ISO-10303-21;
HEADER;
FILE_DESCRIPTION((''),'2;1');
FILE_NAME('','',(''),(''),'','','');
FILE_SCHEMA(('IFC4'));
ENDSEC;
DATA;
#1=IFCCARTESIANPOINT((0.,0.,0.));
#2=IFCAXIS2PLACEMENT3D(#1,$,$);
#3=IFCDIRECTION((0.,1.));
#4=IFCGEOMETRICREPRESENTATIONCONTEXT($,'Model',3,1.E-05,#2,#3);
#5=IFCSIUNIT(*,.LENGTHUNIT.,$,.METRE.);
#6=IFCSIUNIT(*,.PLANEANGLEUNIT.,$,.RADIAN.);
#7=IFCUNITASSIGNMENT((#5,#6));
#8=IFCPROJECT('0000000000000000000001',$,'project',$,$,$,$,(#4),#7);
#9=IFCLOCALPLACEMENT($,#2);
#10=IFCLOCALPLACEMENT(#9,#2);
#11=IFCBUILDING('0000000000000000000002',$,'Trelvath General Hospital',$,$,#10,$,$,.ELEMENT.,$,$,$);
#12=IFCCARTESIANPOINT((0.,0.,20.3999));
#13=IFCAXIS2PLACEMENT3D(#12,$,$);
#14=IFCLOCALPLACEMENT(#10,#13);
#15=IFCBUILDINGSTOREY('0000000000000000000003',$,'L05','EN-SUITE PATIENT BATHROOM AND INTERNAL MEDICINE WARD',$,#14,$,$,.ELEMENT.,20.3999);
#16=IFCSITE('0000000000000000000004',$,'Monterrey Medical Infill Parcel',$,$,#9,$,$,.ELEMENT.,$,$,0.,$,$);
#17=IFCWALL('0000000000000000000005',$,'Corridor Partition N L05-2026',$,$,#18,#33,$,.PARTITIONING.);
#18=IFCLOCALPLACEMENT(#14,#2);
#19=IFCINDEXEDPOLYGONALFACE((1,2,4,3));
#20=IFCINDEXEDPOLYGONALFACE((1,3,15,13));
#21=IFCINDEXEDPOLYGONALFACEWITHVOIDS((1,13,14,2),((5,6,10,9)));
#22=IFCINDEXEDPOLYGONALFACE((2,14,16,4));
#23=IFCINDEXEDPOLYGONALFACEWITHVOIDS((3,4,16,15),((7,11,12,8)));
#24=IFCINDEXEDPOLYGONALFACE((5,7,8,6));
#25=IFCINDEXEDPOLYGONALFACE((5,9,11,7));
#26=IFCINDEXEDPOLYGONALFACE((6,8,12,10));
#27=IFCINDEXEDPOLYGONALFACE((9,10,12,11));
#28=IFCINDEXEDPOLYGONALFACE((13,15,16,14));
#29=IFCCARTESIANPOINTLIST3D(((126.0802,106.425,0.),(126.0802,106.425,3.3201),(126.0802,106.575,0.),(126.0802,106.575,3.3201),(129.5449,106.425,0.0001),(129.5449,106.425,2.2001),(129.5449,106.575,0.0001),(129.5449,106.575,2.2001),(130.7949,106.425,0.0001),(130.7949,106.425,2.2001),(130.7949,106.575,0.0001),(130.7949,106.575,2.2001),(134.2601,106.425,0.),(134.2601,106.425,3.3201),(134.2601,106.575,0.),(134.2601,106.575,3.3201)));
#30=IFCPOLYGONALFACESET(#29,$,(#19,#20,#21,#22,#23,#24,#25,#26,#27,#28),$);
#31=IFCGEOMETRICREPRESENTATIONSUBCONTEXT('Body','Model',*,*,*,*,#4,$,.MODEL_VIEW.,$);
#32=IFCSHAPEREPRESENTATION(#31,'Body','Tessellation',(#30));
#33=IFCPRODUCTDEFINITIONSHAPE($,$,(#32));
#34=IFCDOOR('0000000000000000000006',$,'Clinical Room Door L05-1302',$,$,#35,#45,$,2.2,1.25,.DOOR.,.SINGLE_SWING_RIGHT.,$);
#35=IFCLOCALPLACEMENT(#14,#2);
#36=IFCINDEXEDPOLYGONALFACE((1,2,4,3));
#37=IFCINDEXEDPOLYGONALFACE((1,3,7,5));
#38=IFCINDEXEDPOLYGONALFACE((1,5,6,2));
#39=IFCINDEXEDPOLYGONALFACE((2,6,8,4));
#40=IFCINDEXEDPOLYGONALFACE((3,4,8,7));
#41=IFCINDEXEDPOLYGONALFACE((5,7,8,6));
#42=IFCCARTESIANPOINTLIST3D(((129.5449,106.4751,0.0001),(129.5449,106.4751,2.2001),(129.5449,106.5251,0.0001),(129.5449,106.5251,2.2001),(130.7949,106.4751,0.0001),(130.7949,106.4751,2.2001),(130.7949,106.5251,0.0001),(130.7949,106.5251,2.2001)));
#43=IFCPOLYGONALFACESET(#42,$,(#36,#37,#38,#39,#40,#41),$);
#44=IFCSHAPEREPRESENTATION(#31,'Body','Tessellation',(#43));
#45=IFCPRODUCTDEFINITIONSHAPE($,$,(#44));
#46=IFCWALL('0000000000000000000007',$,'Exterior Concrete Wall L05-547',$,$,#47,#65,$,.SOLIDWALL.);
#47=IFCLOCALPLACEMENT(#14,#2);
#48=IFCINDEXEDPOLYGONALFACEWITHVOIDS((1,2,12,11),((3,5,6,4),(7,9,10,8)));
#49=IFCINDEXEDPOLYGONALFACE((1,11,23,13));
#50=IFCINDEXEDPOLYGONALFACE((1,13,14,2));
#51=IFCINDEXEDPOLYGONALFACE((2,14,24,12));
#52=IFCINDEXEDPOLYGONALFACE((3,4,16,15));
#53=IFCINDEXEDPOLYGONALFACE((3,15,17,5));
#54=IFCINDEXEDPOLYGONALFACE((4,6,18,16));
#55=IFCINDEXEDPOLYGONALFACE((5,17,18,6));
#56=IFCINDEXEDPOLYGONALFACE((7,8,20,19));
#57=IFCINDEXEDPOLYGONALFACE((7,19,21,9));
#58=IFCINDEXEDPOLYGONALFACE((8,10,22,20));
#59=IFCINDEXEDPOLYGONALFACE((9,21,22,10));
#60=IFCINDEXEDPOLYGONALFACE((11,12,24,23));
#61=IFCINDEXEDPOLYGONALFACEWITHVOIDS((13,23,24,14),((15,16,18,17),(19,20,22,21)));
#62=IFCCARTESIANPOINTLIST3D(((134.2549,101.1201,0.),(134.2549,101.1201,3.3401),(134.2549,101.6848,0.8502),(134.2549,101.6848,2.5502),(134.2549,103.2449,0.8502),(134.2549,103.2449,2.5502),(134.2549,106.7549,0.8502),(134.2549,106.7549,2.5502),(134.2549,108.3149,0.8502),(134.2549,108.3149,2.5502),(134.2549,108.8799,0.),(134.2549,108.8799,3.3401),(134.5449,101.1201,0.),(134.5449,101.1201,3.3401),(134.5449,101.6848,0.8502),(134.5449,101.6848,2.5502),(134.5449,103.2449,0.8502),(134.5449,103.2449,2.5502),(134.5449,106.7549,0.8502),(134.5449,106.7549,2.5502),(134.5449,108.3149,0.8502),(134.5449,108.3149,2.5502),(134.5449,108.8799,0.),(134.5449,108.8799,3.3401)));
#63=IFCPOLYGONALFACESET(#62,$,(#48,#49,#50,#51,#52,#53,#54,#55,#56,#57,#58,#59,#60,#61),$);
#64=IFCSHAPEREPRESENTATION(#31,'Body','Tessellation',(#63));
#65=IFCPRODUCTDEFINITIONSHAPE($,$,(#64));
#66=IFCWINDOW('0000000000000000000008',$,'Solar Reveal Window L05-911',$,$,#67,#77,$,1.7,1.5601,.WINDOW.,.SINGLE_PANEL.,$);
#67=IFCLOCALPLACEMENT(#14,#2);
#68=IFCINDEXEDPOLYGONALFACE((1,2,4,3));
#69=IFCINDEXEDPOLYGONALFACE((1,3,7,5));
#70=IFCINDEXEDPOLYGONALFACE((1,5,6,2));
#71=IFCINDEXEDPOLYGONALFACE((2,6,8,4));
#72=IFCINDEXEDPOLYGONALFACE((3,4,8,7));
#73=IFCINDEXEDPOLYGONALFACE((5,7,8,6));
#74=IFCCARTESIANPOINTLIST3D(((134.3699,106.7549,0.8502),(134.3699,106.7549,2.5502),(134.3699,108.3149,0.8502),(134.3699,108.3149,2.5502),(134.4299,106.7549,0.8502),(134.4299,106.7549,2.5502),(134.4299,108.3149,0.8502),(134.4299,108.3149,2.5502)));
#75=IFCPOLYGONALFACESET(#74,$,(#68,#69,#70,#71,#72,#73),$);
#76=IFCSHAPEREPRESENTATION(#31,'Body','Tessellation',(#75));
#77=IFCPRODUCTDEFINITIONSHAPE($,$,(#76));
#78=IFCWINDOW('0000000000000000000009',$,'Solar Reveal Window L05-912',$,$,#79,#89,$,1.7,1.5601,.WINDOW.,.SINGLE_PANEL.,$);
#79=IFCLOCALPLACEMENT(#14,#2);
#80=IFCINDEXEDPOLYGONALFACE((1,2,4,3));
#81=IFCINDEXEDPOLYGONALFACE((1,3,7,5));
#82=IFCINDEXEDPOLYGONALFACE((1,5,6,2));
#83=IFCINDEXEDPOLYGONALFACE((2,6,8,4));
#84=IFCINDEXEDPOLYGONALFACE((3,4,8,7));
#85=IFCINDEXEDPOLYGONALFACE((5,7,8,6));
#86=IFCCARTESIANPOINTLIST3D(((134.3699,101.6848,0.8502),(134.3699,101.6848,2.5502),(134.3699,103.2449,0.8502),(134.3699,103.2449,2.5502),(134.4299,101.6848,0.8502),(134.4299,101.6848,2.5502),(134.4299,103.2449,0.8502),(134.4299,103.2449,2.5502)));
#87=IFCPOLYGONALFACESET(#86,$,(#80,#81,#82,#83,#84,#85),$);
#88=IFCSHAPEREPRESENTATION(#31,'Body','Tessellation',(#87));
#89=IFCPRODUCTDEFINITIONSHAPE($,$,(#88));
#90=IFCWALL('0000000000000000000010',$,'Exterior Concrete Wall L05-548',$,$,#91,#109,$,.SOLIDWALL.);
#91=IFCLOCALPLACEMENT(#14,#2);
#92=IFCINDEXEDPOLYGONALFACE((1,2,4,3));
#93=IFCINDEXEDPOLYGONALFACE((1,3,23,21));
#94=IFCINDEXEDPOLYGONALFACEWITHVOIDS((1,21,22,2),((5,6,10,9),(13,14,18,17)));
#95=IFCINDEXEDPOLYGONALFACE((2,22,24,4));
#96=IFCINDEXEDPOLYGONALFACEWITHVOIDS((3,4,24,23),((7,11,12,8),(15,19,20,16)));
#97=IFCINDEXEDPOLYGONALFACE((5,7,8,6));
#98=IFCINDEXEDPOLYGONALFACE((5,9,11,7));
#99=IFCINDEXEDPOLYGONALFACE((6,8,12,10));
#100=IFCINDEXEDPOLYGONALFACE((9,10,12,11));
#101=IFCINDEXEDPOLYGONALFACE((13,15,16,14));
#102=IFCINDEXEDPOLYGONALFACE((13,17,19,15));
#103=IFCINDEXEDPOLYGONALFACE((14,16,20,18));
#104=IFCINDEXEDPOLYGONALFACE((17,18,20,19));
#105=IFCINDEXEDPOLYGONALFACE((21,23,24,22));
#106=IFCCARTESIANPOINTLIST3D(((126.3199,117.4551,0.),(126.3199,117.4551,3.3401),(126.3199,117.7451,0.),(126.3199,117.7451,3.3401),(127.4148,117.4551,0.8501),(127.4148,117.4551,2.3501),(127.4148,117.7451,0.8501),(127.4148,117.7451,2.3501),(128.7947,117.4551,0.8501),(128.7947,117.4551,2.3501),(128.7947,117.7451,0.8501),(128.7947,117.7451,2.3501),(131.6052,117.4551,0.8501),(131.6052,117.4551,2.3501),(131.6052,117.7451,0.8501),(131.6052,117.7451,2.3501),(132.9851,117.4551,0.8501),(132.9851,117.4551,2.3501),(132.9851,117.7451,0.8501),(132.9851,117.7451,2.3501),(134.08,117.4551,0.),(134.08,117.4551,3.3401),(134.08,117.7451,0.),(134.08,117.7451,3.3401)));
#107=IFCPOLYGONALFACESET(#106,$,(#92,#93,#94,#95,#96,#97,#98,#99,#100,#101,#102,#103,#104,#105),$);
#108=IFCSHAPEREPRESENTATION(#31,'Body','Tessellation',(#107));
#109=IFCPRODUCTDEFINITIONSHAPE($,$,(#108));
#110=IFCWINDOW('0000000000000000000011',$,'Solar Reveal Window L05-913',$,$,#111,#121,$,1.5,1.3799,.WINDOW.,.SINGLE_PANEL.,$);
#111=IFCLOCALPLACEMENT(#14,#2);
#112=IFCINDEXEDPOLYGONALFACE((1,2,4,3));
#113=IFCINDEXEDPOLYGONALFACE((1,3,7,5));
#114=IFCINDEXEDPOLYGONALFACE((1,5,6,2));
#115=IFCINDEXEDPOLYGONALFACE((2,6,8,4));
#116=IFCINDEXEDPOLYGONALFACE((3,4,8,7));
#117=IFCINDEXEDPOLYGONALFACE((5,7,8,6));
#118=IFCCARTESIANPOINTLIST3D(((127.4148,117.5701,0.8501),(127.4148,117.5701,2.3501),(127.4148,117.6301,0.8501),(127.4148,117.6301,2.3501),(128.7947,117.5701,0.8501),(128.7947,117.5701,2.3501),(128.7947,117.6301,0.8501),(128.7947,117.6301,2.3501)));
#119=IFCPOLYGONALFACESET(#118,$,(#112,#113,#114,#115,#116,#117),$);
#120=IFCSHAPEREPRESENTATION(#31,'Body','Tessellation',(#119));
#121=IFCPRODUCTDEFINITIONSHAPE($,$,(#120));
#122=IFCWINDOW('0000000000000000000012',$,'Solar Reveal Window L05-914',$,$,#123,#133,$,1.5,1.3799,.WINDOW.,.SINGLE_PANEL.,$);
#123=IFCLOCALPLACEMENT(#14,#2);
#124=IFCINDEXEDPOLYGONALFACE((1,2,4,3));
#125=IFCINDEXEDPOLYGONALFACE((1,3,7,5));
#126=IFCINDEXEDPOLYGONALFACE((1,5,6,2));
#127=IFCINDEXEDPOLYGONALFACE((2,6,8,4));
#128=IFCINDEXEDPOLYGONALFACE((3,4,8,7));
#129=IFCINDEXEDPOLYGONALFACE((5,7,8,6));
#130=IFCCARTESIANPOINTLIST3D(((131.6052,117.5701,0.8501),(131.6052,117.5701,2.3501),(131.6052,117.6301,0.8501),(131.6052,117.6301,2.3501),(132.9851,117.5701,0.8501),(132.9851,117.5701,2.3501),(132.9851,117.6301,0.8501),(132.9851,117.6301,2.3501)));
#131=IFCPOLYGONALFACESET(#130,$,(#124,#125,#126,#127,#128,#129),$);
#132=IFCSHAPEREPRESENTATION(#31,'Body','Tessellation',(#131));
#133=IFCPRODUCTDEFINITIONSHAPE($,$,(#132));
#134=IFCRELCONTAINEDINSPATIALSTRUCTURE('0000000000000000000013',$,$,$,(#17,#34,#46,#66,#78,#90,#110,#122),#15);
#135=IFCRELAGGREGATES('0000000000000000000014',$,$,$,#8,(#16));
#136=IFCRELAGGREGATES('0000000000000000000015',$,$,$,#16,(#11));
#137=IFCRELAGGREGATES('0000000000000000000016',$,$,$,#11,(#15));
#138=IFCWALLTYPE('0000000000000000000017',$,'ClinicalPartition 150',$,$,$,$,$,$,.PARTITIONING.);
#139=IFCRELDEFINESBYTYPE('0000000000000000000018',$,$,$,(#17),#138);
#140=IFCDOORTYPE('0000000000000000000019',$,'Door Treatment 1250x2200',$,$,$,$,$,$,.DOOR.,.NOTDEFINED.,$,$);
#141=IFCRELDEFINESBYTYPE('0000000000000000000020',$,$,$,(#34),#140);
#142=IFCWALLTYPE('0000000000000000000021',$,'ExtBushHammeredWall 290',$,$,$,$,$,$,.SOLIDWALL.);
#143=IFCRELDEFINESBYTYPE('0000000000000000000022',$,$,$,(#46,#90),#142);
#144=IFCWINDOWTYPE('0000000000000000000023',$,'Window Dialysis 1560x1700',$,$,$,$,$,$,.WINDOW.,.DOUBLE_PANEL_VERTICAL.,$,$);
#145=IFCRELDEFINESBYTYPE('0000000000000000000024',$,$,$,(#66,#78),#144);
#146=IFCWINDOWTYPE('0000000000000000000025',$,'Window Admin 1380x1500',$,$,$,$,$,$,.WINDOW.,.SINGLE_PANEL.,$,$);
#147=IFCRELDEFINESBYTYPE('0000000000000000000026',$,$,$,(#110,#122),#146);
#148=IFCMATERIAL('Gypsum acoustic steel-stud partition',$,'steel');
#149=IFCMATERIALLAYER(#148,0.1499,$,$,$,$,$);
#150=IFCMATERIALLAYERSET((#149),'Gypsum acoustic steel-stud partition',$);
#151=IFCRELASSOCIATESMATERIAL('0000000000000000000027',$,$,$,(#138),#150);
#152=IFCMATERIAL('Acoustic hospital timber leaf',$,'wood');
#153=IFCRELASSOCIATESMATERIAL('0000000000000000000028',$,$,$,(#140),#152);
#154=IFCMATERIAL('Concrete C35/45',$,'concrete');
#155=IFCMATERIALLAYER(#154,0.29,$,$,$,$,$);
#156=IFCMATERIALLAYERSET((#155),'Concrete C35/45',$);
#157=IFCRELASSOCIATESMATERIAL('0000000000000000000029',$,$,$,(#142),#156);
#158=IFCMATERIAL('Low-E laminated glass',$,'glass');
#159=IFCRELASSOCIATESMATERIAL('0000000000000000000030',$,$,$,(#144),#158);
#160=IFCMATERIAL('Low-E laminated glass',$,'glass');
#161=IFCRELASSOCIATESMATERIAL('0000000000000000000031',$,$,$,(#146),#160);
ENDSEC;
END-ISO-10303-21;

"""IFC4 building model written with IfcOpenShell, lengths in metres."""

from ifc_helpers import new_model, si_unit, direction, frame, frame_2d, origin, place, context, subcontext, project, spatial, rectangle, extrude, material, layer, layer_set, type_object, element, fill, save


model = new_model("IFC4")

# Units and contexts
model_context = context("Model", 3, precision=1e-05, world=origin(), true_north=direction((0.0, 1.0)))
body_context = subcontext(model_context, "Body", "Model", "MODEL_VIEW")
ifc_project = project(units=[si_unit("LENGTHUNIT", "METRE"), si_unit("PLANEANGLEUNIT", "RADIAN")], contexts=[model_context])

# Site, building, storey
site_placement = place(None, origin())
site = spatial("IfcSite", under=ifc_project, at=site_placement, Name="Monterrey Medical Infill Parcel", CompositionType="ELEMENT", RefElevation=0.0)
building_placement = place(site_placement, origin())
building = spatial("IfcBuilding", under=site, at=building_placement, Name="Trelvath General Hospital", CompositionType="ELEMENT")
storey_placement = place(building_placement, frame((0.0, 0.0, 20.3999)))
storey = spatial("IfcBuildingStorey", under=building, at=storey_placement, Name="L05", Description="EN-SUITE PATIENT BATHROOM AND INTERNAL MEDICINE WARD", CompositionType="ELEMENT", Elevation=20.3999)

# Wall, opening, door
ifc_material_1 = material(Name="Gypsum acoustic steel-stud partition", Category="steel")
ifc_layer_1 = layer(ifc_material_1, 0.1499)
ifc_layer_set_1 = layer_set([ifc_layer_1], Name="Gypsum acoustic steel-stud partition")
wall_type_1 = type_object("IfcWallType", Name="ClinicalPartition 150", PredefinedType="PARTITIONING", material=ifc_layer_set_1)
wall_1_placement = place(storey_placement, frame((134.26, 106.5, 0.0), z_axis=(0.0, 0.0, 1.0), x_axis=(-1.0, 0.0, 0.0)))
wall_1 = element("IfcWall", 1, at=wall_1_placement, inside=storey, type_object=wall_type_1, Name="Corridor Partition N L05-2026", PredefinedType="PARTITIONING", context=body_context, shape_type="SweptSolid", body=[
    extrude(rectangle(XDim=8.1799, YDim=0.1499, at=frame_2d((4.0898, 0.0))), origin(), (0.0, 0.0, 1.0), 3.3201),
])
opening_1_placement = place(wall_1_placement, frame((3.4651, 0.0, 0.0)))
opening_1 = element("IfcOpeningElement", 2, at=opening_1_placement, cuts=wall_1, PredefinedType="OPENING", context=body_context, shape_type="SweptSolid", body=[
    extrude(rectangle(XDim=1.25, YDim=2.2, at=frame_2d((0.625, 1.1001))), frame((0.0, 0.085, 0.0), z_axis=(0.0, -1.0, 0.0), x_axis=(1.0, 0.0, 0.0)), (0.0, 0.0, 1.0), 0.1699),
])
ifc_material_2 = material(Name="Acoustic hospital timber leaf", Category="wood")
door_type_1 = type_object("IfcDoorType", Name="Door Treatment 1250x2200", OperationType="NOTDEFINED", PredefinedType="DOOR", material=ifc_material_2)
door_1_placement = place(opening_1_placement, origin())
door_1 = element("IfcDoor", 3, at=door_1_placement, inside=storey, type_object=door_type_1, Name="Clinical Room Door L05-1302", OperationType="SINGLE_SWING_RIGHT", OverallHeight=2.2, OverallWidth=1.25, PredefinedType="DOOR", context=body_context, shape_type="SweptSolid", body=[
    extrude(rectangle(XDim=1.25, YDim=2.2, at=frame_2d((0.625, 1.1001))), frame((0.0, 0.0249, 0.0), z_axis=(0.0, -1.0, 0.0), x_axis=(1.0, 0.0, 0.0)), (0.0, 0.0, 1.0), 0.05),
])
fill(opening_1, door_1)

# Walls, openings, windows
ifc_material_3 = material(Name="Concrete C35/45", Category="concrete")
ifc_layer_2 = layer(ifc_material_3, 0.29)
ifc_layer_set_2 = layer_set([ifc_layer_2], Name="Concrete C35/45")
wall_type_2 = type_object("IfcWallType", Name="ExtBushHammeredWall 290", PredefinedType="SOLIDWALL", material=ifc_layer_set_2)
wall_2_placement = place(storey_placement, frame((134.3999, 108.8799, 0.0), z_axis=(0.0, 0.0, 1.0), x_axis=(0.0, -1.0, 0.0)))
wall_2 = element("IfcWall", 4, at=wall_2_placement, inside=storey, type_object=wall_type_2, Name="Exterior Concrete Wall L05-547", PredefinedType="SOLIDWALL", context=body_context, shape_type="SweptSolid", body=[
    extrude(rectangle(XDim=7.7598, YDim=0.29, at=frame_2d((3.8799, 0.0))), origin(), (0.0, 0.0, 1.0), 3.3401),
])
opening_2_placement = place(wall_2_placement, frame((0.5649, 0.0, 0.8501)))
opening_2 = element("IfcOpeningElement", 5, at=opening_2_placement, cuts=wall_2, PredefinedType="OPENING", context=body_context, shape_type="SweptSolid", body=[
    extrude(rectangle(XDim=1.5601, YDim=1.7, at=frame_2d((0.78, 0.8501))), frame((0.0, 0.155, 0.0), z_axis=(0.0, -1.0, 0.0), x_axis=(1.0, 0.0, 0.0)), (0.0, 0.0, 1.0), 0.3101),
])
opening_3_placement = place(wall_2_placement, frame((5.635, 0.0, 0.8501)))
opening_3 = element("IfcOpeningElement", 6, at=opening_3_placement, cuts=wall_2, PredefinedType="OPENING", context=body_context, shape_type="SweptSolid", body=[
    extrude(rectangle(XDim=1.5601, YDim=1.7, at=frame_2d((0.78, 0.8501))), frame((0.0, 0.155, 0.0), z_axis=(0.0, -1.0, 0.0), x_axis=(1.0, 0.0, 0.0)), (0.0, 0.0, 1.0), 0.3101),
])
ifc_material_4 = material(Name="Low-E laminated glass", Category="glass")
window_type_1 = type_object("IfcWindowType", Name="Window Dialysis 1560x1700", PartitioningType="DOUBLE_PANEL_VERTICAL", PredefinedType="WINDOW", material=ifc_material_4)
window_1_placement = place(opening_2_placement, origin())
window_1 = element("IfcWindow", 7, at=window_1_placement, inside=storey, type_object=window_type_1, Name="Solar Reveal Window L05-911", OverallHeight=1.7, OverallWidth=1.5601, PartitioningType="SINGLE_PANEL", PredefinedType="WINDOW", context=body_context, shape_type="SweptSolid", body=[
    extrude(rectangle(XDim=1.5601, YDim=1.7, at=frame_2d((0.78, 0.8501))), frame((0.0, 0.03, 0.0), z_axis=(0.0, -1.0, 0.0), x_axis=(1.0, 0.0, 0.0)), (0.0, 0.0, 1.0), 0.0601),
])
fill(opening_2, window_1)
window_2_placement = place(opening_3_placement, origin())
window_2 = element("IfcWindow", 8, at=window_2_placement, inside=storey, type_object=window_type_1, Name="Solar Reveal Window L05-912", OverallHeight=1.7, OverallWidth=1.5601, PartitioningType="SINGLE_PANEL", PredefinedType="WINDOW", context=body_context, shape_type="SweptSolid", body=[
    extrude(rectangle(XDim=1.5601, YDim=1.7, at=frame_2d((0.78, 0.8501))), frame((0.0, 0.03, 0.0), z_axis=(0.0, -1.0, 0.0), x_axis=(1.0, 0.0, 0.0)), (0.0, 0.0, 1.0), 0.0601),
])
fill(opening_3, window_2)
wall_3_placement = place(storey_placement, frame((126.3201, 117.6001, 0.0), z_axis=(0.0, 0.0, 1.0), x_axis=(1.0, 0.0, 0.0)))
wall_3 = element("IfcWall", 9, at=wall_3_placement, inside=storey, type_object=wall_type_2, Name="Exterior Concrete Wall L05-548", PredefinedType="SOLIDWALL", context=body_context, shape_type="SweptSolid", body=[
    extrude(rectangle(XDim=7.76, YDim=0.29, at=frame_2d((3.8799, 0.0))), origin(), (0.0, 0.0, 1.0), 3.3401),
])
opening_4_placement = place(wall_3_placement, frame((1.0947, 0.0, 0.8501)))
opening_4 = element("IfcOpeningElement", 10, at=opening_4_placement, cuts=wall_3, PredefinedType="OPENING", context=body_context, shape_type="SweptSolid", body=[
    extrude(rectangle(XDim=1.3799, YDim=1.5, at=frame_2d((0.6899, 0.75))), frame((0.0, 0.155, 0.0), z_axis=(0.0, -1.0, 0.0), x_axis=(1.0, 0.0, 0.0)), (0.0, 0.0, 1.0), 0.3101),
])
opening_5_placement = place(wall_3_placement, frame((5.2852, 0.0, 0.8501)))
opening_5 = element("IfcOpeningElement", 11, at=opening_5_placement, cuts=wall_3, PredefinedType="OPENING", context=body_context, shape_type="SweptSolid", body=[
    extrude(rectangle(XDim=1.3799, YDim=1.5, at=frame_2d((0.6899, 0.75))), frame((0.0, 0.155, 0.0), z_axis=(0.0, -1.0, 0.0), x_axis=(1.0, 0.0, 0.0)), (0.0, 0.0, 1.0), 0.3101),
])
ifc_material_5 = material(Name="Low-E laminated glass", Category="glass")
window_type_2 = type_object("IfcWindowType", Name="Window Admin 1380x1500", PartitioningType="SINGLE_PANEL", PredefinedType="WINDOW", material=ifc_material_5)
window_3_placement = place(opening_4_placement, origin())
window_3 = element("IfcWindow", 12, at=window_3_placement, inside=storey, type_object=window_type_2, Name="Solar Reveal Window L05-913", OverallHeight=1.5, OverallWidth=1.3799, PartitioningType="SINGLE_PANEL", PredefinedType="WINDOW", context=body_context, shape_type="SweptSolid", body=[
    extrude(rectangle(XDim=1.3799, YDim=1.5, at=frame_2d((0.6899, 0.75))), frame((0.0, 0.03, 0.0), z_axis=(0.0, -1.0, 0.0), x_axis=(1.0, 0.0, 0.0)), (0.0, 0.0, 1.0), 0.0601),
])
fill(opening_4, window_3)
window_4_placement = place(opening_5_placement, origin())
window_4 = element("IfcWindow", 13, at=window_4_placement, inside=storey, type_object=window_type_2, Name="Solar Reveal Window L05-914", OverallHeight=1.5, OverallWidth=1.3799, PartitioningType="SINGLE_PANEL", PredefinedType="WINDOW", context=body_context, shape_type="SweptSolid", body=[
    extrude(rectangle(XDim=1.3799, YDim=1.5, at=frame_2d((0.6899, 0.75))), frame((0.0, 0.03, 0.0), z_axis=(0.0, -1.0, 0.0), x_axis=(1.0, 0.0, 0.0)), (0.0, 0.0, 1.0), 0.0601),
])
fill(opening_5, window_4)

save(model, "model.ifc")
